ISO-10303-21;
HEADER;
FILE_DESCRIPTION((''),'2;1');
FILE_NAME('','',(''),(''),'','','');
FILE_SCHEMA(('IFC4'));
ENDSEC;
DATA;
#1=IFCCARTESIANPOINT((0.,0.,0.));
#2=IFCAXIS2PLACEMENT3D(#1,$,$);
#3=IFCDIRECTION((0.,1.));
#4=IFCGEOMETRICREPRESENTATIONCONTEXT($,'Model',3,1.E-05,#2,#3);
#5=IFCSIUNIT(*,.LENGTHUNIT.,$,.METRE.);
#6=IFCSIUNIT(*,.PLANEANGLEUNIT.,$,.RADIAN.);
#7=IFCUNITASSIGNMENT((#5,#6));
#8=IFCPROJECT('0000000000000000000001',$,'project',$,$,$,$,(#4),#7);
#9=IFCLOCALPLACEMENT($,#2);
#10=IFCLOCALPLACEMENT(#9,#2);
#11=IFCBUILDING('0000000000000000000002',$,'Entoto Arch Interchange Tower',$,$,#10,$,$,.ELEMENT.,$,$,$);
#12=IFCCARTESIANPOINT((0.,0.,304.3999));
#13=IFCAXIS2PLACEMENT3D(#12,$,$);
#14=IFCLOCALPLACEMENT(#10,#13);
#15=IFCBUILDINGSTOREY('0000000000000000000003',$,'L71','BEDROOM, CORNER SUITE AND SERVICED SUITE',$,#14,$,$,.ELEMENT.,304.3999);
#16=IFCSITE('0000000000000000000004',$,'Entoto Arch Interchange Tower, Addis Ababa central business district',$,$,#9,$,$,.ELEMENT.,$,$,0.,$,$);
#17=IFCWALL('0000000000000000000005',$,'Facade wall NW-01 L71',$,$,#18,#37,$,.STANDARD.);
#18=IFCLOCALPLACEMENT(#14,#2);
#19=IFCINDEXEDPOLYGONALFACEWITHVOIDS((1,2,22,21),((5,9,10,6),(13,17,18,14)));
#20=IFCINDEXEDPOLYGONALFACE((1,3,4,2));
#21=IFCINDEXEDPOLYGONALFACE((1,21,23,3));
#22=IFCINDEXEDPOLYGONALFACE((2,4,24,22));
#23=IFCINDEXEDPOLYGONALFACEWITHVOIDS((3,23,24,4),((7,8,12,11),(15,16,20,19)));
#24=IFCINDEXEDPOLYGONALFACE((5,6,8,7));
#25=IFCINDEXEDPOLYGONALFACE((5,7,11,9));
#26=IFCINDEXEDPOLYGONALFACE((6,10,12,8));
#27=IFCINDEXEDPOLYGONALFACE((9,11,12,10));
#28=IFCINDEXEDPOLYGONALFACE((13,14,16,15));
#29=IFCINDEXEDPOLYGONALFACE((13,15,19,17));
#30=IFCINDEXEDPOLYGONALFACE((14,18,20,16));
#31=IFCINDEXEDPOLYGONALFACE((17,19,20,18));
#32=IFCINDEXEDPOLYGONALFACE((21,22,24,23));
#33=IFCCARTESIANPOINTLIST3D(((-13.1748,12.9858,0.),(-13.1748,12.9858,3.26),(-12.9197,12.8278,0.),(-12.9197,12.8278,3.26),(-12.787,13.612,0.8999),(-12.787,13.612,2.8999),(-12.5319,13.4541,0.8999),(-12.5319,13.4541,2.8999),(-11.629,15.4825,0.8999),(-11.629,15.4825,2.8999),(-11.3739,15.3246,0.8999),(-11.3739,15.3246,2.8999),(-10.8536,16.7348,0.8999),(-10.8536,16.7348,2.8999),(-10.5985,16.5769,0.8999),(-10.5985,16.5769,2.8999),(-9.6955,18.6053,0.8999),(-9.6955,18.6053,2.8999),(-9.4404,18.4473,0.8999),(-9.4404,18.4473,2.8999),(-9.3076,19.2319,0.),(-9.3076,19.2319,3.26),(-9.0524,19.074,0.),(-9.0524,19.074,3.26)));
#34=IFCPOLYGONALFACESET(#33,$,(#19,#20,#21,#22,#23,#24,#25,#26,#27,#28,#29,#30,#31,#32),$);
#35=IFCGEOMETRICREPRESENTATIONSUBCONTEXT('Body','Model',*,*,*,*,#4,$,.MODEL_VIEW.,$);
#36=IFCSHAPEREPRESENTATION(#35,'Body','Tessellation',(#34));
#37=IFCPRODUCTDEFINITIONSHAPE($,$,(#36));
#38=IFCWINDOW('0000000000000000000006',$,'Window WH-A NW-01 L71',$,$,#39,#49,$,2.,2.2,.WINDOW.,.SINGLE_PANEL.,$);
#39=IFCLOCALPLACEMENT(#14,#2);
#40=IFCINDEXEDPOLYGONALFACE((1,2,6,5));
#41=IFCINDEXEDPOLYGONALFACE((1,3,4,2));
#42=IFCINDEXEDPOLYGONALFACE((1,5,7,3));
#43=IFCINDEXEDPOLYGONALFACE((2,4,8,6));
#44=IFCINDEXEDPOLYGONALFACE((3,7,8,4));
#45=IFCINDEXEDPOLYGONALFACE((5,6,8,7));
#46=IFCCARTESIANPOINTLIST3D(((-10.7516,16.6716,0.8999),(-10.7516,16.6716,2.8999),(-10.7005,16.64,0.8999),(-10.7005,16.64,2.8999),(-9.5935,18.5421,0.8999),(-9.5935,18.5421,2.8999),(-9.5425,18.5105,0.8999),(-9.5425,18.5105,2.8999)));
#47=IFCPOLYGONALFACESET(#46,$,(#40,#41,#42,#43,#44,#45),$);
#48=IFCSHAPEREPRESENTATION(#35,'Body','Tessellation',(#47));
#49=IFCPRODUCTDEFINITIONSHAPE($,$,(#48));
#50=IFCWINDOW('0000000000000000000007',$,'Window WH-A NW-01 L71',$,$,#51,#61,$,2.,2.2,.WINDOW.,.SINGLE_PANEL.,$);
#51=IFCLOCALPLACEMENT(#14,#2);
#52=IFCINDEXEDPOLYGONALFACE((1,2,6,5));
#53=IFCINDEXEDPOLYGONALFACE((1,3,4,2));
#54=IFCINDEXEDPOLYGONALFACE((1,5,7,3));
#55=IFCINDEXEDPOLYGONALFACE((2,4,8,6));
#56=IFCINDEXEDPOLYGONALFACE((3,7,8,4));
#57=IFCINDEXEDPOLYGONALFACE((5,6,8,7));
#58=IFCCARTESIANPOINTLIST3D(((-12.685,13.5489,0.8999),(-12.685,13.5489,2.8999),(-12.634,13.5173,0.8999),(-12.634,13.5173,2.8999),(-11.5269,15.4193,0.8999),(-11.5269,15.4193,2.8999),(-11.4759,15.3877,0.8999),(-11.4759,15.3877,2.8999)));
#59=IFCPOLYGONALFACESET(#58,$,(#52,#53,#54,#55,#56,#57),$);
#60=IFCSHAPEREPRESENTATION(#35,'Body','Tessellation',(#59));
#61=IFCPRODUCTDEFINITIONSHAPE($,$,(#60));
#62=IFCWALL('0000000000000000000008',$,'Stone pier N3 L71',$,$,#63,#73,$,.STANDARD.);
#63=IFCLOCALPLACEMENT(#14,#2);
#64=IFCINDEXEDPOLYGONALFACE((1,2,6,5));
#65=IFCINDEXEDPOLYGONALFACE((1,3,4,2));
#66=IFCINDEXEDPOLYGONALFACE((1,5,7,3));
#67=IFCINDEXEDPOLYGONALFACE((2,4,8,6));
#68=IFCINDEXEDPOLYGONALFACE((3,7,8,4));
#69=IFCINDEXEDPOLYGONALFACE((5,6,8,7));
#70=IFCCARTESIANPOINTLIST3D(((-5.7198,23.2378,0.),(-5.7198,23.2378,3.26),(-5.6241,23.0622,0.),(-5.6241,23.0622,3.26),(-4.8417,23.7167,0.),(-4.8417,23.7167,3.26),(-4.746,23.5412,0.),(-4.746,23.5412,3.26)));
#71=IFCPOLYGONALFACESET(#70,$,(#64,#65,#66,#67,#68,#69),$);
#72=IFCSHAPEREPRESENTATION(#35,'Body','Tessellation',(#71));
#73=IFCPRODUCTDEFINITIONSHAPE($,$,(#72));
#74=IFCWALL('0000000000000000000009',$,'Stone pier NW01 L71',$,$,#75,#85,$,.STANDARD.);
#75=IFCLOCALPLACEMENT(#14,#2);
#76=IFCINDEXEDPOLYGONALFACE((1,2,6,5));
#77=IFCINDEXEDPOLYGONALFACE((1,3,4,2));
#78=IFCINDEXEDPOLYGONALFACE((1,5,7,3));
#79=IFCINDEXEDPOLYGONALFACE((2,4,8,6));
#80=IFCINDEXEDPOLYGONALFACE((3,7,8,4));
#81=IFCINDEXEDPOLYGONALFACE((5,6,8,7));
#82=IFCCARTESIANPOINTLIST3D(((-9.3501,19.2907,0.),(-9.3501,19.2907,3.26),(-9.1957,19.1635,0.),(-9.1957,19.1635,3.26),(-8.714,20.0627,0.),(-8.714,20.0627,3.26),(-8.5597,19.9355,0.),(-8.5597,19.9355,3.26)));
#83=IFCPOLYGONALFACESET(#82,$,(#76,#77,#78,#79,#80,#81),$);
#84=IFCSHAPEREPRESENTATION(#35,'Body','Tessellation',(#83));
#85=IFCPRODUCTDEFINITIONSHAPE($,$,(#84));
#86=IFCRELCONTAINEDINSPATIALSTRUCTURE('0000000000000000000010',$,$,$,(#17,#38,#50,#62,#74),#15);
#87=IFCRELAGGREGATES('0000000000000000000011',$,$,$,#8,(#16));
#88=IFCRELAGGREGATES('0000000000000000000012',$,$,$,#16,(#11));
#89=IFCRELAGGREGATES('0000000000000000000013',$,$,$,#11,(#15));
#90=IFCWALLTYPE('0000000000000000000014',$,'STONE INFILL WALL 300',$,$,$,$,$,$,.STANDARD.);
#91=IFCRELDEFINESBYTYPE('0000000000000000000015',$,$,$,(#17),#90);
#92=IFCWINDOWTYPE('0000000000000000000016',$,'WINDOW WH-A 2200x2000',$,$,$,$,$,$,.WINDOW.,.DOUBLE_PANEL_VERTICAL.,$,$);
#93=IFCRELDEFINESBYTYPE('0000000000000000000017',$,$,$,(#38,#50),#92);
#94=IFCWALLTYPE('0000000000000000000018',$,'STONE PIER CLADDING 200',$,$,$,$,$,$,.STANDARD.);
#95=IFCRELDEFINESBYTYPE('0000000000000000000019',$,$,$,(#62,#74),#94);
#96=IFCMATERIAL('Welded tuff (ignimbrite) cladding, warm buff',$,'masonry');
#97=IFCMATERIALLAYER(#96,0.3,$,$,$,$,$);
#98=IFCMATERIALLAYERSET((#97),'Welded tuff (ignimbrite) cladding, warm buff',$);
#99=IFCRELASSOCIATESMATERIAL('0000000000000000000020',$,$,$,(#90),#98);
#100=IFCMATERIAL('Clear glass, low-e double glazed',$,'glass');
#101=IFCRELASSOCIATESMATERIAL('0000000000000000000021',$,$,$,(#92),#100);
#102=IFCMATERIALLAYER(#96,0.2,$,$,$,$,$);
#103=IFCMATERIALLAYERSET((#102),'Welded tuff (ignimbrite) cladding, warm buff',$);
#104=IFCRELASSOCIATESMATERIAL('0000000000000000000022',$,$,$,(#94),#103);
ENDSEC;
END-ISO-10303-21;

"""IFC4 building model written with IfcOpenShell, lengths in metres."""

from ifc_helpers import new_model, si_unit, direction, frame, frame_2d, origin, place, context, subcontext, project, spatial, rectangle, extrude, material, layer, layer_set, type_object, element, fill, save


model = new_model("IFC4")

# Units and contexts
model_context = context("Model", 3, precision=1e-05, world=origin(), true_north=direction((0.0, 1.0)))
body_context = subcontext(model_context, "Body", "Model", "MODEL_VIEW")
ifc_project = project(units=[si_unit("LENGTHUNIT", "METRE"), si_unit("PLANEANGLEUNIT", "RADIAN")], contexts=[model_context])

# Site, building, storey
site_placement = place(None, origin())
site = spatial("IfcSite", under=ifc_project, at=site_placement, Name="Entoto Arch Interchange Tower, Addis Ababa central business district", CompositionType="ELEMENT", RefElevation=0.0)
building_placement = place(site_placement, origin())
building = spatial("IfcBuilding", under=site, at=building_placement, Name="Entoto Arch Interchange Tower", CompositionType="ELEMENT")
storey_placement = place(building_placement, frame((0.0, 0.0, 304.3999)))
storey = spatial("IfcBuildingStorey", under=building, at=storey_placement, Name="L71", Description="BEDROOM, CORNER SUITE AND SERVICED SUITE", CompositionType="ELEMENT", Elevation=304.3999)

# Shared definitions
ifc_material_1 = material(Name="Welded tuff (ignimbrite) cladding, warm buff", Category="masonry")
ifc_layer_1 = layer(ifc_material_1, 0.3)
ifc_layer_set_1 = layer_set([ifc_layer_1], Name="Welded tuff (ignimbrite) cladding, warm buff")
wall_type_1 = type_object("IfcWallType", Name="STONE INFILL WALL 300", PredefinedType="STANDARD", material=ifc_layer_set_1)
ifc_material_2 = material(Name="Clear glass, low-e double glazed", Category="glass")

# Wall, openings, windows
wall_1_placement = place(storey_placement, frame((-9.1799, 19.1531, 0.0), z_axis=(0.0, 0.0, 1.0), x_axis=(-0.52641, -0.850231, 0.0)))
wall_1 = element("IfcWall", 1, at=wall_1_placement, inside=storey, type_object=wall_type_1, Name="Facade wall NW-01 L71", PredefinedType="STANDARD", context=body_context, shape_type="SweptSolid", body=[
    extrude(rectangle(XDim=7.3464, YDim=0.3, at=frame_2d((3.6733, 0.0))), origin(), (0.0, 0.0, 1.0), 3.26),
])
opening_1_placement = place(wall_1_placement, frame((0.7371, 0.0, 0.8999)))
opening_1 = element("IfcOpeningElement", 2, at=opening_1_placement, cuts=wall_1, PredefinedType="OPENING", context=body_context, shape_type="SweptSolid", body=[
    extrude(rectangle(XDim=2.2, YDim=2.0, at=frame_2d((1.1001, 1.0))), frame((0.0, 0.1602, 0.0), z_axis=(0.0, -1.0, 0.0), x_axis=(1.0, 0.0, 0.0)), (0.0, 0.0, 1.0), 0.3201),
])
opening_2_placement = place(wall_1_placement, frame((4.4099, 0.0, 0.8999)))
opening_2 = element("IfcOpeningElement", 3, at=opening_2_placement, cuts=wall_1, PredefinedType="OPENING", context=body_context, shape_type="SweptSolid", body=[
    extrude(rectangle(XDim=2.2, YDim=2.0, at=frame_2d((1.1001, 1.0))), frame((0.0, 0.1602, 0.0), z_axis=(0.0, -1.0, 0.0), x_axis=(1.0, 0.0, 0.0)), (0.0, 0.0, 1.0), 0.3201),
])
window_type_1 = type_object("IfcWindowType", Name="WINDOW WH-A 2200x2000", PartitioningType="DOUBLE_PANEL_VERTICAL", PredefinedType="WINDOW", material=ifc_material_2)
window_1_placement = place(opening_1_placement, origin())
window_1 = element("IfcWindow", 4, at=window_1_placement, inside=storey, type_object=window_type_1, Name="Window WH-A NW-01 L71", OverallHeight=2.0, OverallWidth=2.2, PartitioningType="SINGLE_PANEL", PredefinedType="WINDOW", context=body_context, shape_type="SweptSolid", body=[
    extrude(rectangle(XDim=2.2, YDim=2.0, at=frame_2d((1.1001, 1.0))), frame((0.0, 0.03, 0.0), z_axis=(0.0, -1.0, 0.0), x_axis=(1.0, 0.0, 0.0)), (0.0, 0.0, 1.0), 0.0601),
])
fill(opening_1, window_1)
window_2_placement = place(opening_2_placement, origin())
window_2 = element("IfcWindow", 5, at=window_2_placement, inside=storey, type_object=window_type_1, Name="Window WH-A NW-01 L71", OverallHeight=2.0, OverallWidth=2.2, PartitioningType="SINGLE_PANEL", PredefinedType="WINDOW", context=body_context, shape_type="SweptSolid", body=[
    extrude(rectangle(XDim=2.2, YDim=2.0, at=frame_2d((1.1001, 1.0))), frame((0.0, 0.03, 0.0), z_axis=(0.0, -1.0, 0.0), x_axis=(1.0, 0.0, 0.0)), (0.0, 0.0, 1.0), 0.0601),
])
fill(opening_2, window_2)

# Walls
ifc_layer_2 = layer(ifc_material_1, 0.2)
ifc_layer_set_2 = layer_set([ifc_layer_2], Name="Welded tuff (ignimbrite) cladding, warm buff")
wall_type_2 = type_object("IfcWallType", Name="STONE PIER CLADDING 200", PredefinedType="STANDARD", material=ifc_layer_set_2)
for number, where, z_axis, x_axis, name in (
    (6, (-4.7939, 23.6289, 0.0), (0.0, 0.0, 1.0), (-0.877896, -0.478852, 0.0), "Stone pier N3 L71"),
    (7, (-8.637, 19.999, 0.0), (0.0, 0.0, 1.0), (-0.635853, -0.77181, 0.0), "Stone pier NW01 L71"),
):
    element("IfcWall", number, at=place(storey_placement, frame(where, z_axis=z_axis, x_axis=x_axis)), inside=storey, type_object=wall_type_2, Name=name, PredefinedType="STANDARD", context=body_context, shape_type="SweptSolid", body=[
        extrude(rectangle(XDim=1.0002, YDim=0.2, at=frame_2d((0.5, 0.0))), origin(), (0.0, 0.0, 1.0), 3.26),
    ])

save(model, "model.ifc")
